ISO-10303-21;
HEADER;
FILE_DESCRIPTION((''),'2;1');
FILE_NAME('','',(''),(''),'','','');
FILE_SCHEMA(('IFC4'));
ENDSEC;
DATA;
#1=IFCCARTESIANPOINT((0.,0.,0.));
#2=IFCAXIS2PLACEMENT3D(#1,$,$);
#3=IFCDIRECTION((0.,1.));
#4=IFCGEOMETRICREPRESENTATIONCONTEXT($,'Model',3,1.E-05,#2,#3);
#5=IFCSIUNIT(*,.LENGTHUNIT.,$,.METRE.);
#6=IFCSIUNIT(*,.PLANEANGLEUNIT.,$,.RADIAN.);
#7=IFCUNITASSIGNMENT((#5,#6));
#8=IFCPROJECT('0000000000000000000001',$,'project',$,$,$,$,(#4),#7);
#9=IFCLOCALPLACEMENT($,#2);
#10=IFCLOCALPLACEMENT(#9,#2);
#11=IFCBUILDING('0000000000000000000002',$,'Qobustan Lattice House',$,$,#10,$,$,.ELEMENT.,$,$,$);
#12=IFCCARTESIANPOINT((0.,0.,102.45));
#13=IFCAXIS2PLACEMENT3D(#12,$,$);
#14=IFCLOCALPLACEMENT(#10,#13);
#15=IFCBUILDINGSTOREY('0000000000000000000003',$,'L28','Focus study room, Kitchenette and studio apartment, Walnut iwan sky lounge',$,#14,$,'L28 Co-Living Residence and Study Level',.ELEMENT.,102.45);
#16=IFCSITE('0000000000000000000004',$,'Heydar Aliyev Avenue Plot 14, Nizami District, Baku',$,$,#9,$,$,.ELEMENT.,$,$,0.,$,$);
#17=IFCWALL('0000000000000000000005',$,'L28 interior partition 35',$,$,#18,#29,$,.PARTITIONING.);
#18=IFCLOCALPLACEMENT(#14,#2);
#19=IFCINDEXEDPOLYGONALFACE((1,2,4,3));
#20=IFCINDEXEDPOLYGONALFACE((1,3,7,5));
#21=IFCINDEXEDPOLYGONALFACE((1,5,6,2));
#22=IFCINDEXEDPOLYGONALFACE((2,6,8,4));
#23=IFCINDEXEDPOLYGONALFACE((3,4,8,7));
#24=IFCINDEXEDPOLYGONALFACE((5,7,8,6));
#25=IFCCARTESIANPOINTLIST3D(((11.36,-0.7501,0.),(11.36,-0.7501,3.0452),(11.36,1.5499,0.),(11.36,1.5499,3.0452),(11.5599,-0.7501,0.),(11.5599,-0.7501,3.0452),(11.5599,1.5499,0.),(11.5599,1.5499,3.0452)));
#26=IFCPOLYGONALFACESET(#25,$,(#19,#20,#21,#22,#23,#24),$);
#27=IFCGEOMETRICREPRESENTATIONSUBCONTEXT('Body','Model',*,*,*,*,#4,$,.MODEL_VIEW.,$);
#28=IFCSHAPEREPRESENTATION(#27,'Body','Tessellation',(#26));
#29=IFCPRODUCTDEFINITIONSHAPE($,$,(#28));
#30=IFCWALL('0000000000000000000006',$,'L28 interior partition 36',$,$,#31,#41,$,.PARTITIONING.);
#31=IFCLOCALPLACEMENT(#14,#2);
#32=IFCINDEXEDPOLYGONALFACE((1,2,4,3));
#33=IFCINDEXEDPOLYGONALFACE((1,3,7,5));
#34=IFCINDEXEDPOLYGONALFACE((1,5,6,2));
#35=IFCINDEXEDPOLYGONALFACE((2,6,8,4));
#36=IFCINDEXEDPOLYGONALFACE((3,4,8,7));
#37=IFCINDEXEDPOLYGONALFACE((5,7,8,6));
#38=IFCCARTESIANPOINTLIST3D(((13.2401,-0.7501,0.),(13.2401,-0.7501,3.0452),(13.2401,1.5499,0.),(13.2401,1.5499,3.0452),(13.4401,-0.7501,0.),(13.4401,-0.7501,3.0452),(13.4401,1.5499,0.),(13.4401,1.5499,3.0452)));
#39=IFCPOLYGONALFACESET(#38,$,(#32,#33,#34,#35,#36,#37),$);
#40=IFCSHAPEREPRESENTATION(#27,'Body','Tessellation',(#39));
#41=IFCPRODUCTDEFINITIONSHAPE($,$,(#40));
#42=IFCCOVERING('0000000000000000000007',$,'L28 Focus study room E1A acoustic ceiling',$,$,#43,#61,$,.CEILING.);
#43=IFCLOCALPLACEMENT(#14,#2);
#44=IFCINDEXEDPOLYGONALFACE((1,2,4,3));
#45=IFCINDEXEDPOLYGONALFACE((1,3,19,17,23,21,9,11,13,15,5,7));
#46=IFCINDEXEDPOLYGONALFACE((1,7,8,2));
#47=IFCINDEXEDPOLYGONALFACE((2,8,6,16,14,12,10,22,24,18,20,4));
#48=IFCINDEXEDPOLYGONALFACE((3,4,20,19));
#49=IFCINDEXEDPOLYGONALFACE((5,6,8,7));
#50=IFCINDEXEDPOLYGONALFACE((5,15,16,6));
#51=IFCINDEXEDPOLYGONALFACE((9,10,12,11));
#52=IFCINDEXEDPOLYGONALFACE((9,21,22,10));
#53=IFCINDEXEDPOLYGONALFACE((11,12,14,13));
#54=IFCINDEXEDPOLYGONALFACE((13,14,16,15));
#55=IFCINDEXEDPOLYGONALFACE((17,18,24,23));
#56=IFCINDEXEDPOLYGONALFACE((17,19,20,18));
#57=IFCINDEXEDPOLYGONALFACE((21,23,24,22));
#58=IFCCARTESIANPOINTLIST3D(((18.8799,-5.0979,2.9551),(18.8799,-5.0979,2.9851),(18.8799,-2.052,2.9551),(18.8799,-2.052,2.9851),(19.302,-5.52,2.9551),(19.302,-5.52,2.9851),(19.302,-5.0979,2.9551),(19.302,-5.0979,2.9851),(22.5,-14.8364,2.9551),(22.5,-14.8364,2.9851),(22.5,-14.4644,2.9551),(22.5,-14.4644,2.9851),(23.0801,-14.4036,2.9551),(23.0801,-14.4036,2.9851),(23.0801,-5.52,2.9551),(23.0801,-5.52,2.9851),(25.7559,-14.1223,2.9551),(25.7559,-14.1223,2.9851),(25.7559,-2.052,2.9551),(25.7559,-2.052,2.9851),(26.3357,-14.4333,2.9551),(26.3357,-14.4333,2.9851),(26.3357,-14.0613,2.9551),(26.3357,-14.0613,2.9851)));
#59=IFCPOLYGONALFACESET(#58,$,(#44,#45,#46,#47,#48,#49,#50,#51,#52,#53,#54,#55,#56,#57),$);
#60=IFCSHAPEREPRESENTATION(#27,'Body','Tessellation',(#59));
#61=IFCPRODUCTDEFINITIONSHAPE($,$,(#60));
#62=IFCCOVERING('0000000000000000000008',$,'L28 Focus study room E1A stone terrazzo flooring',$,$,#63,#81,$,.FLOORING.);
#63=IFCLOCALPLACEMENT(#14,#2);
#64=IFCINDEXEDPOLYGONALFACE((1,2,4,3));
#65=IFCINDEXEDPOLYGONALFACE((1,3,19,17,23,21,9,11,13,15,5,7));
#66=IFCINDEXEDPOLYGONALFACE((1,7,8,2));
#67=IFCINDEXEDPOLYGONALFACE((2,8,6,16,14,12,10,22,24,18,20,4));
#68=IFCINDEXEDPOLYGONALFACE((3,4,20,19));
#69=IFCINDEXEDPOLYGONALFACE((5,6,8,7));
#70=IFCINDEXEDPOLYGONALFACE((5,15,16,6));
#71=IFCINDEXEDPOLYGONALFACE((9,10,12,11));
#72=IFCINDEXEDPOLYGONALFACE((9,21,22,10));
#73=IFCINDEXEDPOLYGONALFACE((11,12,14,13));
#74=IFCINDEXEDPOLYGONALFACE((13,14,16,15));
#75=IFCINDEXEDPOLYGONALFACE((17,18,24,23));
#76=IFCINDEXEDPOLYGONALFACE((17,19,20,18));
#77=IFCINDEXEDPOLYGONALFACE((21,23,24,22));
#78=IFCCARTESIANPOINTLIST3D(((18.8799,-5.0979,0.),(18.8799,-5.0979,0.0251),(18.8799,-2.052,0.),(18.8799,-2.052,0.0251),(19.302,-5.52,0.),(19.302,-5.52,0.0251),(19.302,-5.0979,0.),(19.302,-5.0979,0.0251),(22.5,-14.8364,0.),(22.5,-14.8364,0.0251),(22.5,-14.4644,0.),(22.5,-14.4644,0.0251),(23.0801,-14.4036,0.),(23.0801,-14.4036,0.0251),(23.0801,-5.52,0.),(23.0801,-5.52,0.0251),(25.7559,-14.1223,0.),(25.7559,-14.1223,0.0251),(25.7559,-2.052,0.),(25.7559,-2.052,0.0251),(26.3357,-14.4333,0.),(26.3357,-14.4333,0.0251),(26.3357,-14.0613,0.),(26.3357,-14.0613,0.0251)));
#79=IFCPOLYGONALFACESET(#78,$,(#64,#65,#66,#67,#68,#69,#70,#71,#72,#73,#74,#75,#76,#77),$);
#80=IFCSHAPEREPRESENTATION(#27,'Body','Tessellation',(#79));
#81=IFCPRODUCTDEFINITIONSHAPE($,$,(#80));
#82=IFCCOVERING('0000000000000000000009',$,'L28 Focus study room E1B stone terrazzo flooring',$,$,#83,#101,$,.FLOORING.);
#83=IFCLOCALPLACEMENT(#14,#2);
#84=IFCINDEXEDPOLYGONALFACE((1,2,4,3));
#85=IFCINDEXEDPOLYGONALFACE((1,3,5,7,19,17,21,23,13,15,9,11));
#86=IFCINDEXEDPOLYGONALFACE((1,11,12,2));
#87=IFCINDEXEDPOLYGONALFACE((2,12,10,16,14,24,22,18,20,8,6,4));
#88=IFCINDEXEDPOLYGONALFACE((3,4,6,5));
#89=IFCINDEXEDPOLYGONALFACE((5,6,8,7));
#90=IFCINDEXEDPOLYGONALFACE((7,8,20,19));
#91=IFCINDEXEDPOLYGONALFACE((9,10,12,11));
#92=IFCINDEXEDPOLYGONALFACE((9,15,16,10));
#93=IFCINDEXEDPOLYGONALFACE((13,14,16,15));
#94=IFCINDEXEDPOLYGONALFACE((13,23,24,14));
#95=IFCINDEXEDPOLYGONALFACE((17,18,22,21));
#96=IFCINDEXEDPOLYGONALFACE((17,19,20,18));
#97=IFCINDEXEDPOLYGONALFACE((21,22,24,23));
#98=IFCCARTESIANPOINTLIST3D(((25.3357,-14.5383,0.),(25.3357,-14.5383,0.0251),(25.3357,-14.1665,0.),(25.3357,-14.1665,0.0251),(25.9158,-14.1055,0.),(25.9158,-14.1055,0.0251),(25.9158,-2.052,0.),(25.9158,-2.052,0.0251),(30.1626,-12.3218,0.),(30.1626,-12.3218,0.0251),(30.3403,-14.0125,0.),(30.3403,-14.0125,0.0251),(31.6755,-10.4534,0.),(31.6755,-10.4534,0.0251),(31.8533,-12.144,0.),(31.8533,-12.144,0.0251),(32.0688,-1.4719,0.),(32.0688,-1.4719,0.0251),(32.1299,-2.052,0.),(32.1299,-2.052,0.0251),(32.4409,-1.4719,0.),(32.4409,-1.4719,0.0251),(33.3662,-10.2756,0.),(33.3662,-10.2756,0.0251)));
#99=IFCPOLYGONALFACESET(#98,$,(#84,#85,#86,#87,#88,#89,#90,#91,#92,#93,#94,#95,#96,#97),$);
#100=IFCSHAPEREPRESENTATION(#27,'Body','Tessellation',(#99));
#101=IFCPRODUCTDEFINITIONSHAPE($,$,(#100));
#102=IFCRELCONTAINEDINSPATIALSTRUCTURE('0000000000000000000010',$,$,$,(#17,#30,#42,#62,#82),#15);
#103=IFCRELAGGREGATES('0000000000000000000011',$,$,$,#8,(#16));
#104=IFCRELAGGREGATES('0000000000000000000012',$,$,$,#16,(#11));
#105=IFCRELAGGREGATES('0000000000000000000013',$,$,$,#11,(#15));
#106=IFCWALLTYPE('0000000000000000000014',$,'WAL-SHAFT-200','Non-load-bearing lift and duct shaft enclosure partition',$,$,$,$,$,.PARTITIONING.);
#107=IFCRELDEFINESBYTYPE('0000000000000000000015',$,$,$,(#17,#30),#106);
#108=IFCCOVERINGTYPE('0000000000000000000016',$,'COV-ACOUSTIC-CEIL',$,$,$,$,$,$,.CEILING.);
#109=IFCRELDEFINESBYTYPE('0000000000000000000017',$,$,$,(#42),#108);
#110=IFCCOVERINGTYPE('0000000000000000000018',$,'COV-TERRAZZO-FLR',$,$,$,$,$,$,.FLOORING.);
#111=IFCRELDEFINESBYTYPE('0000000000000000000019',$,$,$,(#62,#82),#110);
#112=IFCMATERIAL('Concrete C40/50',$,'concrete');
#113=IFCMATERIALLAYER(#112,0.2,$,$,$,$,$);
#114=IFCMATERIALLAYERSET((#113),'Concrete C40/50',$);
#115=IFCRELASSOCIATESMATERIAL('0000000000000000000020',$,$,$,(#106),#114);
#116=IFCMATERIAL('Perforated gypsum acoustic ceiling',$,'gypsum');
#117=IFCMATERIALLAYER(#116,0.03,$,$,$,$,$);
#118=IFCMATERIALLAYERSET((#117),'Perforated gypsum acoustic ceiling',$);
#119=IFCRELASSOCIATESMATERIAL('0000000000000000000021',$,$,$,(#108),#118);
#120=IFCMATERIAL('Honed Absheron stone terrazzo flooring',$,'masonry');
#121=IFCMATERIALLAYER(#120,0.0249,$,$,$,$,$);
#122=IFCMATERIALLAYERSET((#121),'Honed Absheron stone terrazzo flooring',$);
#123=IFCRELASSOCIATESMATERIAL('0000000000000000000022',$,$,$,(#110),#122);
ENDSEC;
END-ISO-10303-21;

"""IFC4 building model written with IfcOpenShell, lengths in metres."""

from ifc_helpers import new_model, si_unit, direction, frame, frame_2d, origin, place, context, subcontext, project, spatial, polyline, rectangle, outline, extrude, material, layer, layer_set, type_object, element, save


model = new_model("IFC4")

# Units and contexts
model_context = context("Model", 3, precision=1e-05, world=origin(), true_north=direction((0.0, 1.0)))
body_context = subcontext(model_context, "Body", "Model", "MODEL_VIEW")
ifc_project = project(units=[si_unit("LENGTHUNIT", "METRE"), si_unit("PLANEANGLEUNIT", "RADIAN")], contexts=[model_context])

# Site, building, storey
site_placement = place(None, origin())
site = spatial("IfcSite", under=ifc_project, at=site_placement, Name="Heydar Aliyev Avenue Plot 14, Nizami District, Baku", CompositionType="ELEMENT", RefElevation=0.0)
building_placement = place(site_placement, origin())
building = spatial("IfcBuilding", under=site, at=building_placement, Name="Qobustan Lattice House", CompositionType="ELEMENT")
storey_placement = place(building_placement, frame((0.0, 0.0, 102.45)))
storey = spatial("IfcBuildingStorey", under=building, at=storey_placement, Name="L28", Description="Focus study room, Kitchenette and studio apartment, Walnut iwan sky lounge", LongName="L28 Co-Living Residence and Study Level", CompositionType="ELEMENT", Elevation=102.45)

# Walls
ifc_material_1 = material(Name="Concrete C40/50", Category="concrete")
ifc_layer_1 = layer(ifc_material_1, 0.2)
ifc_layer_set_1 = layer_set([ifc_layer_1], Name="Concrete C40/50")
wall_type_1 = type_object("IfcWallType", Name="WAL-SHAFT-200", Description="Non-load-bearing lift and duct shaft enclosure partition", PredefinedType="PARTITIONING", material=ifc_layer_set_1)
for number, where, z_axis, x_axis, name in (
    (1, (11.46, -0.75, 0.0), (0.0, 0.0, 1.0), (0.0, 1.0, 0.0), "L28 interior partition 35"),
    (2, (13.3401, -0.75, 0.0), (0.0, 0.0, 1.0), (0.0, 1.0, 0.0), "L28 interior partition 36"),
):
    element("IfcWall", number, at=place(storey_placement, frame(where, z_axis=z_axis, x_axis=x_axis)), inside=storey, type_object=wall_type_1, Name=name, PredefinedType="PARTITIONING", context=body_context, shape_type="SweptSolid", body=[
        extrude(rectangle(XDim=2.3, YDim=0.2, at=frame_2d((1.1499, 0.0))), origin(), (0.0, 0.0, 1.0), 3.0452),
    ])

# Coverings
ifc_material_2 = material(Name="Perforated gypsum acoustic ceiling", Category="gypsum")
ifc_layer_2 = layer(ifc_material_2, 0.03)
ifc_layer_set_2 = layer_set([ifc_layer_2], Name="Perforated gypsum acoustic ceiling")
covering_type_1 = type_object("IfcCoveringType", Name="COV-ACOUSTIC-CEIL", PredefinedType="CEILING", material=ifc_layer_set_2)
covering_1_placement = place(storey_placement, frame((0.0, 0.0, 2.9551)))
element("IfcCovering", 3, at=covering_1_placement, inside=storey, type_object=covering_type_1, Name="L28 Focus study room E1A acoustic ceiling", PredefinedType="CEILING", context=body_context, shape_type="SweptSolid", body=[
    extrude(outline(polyline([(26.3357, -14.4333), (26.3357, -14.0613), (25.7559, -14.1223), (25.7559, -2.052), (18.8799, -2.052), (18.8799, -5.0979), (19.302, -5.0979), (19.302, -5.52), (23.0801, -5.52), (23.0801, -14.4036), (22.5, -14.4644), (22.5, -14.8364), (26.3357, -14.4333)])), origin(), (0.0, 0.0, 1.0), 0.03),
])
ifc_material_3 = material(Name="Honed Absheron stone terrazzo flooring", Category="masonry")
ifc_layer_3 = layer(ifc_material_3, 0.0249)
ifc_layer_set_3 = layer_set([ifc_layer_3], Name="Honed Absheron stone terrazzo flooring")
covering_type_2 = type_object("IfcCoveringType", Name="COV-TERRAZZO-FLR", PredefinedType="FLOORING", material=ifc_layer_set_3)
covering_2_placement = place(storey_placement, origin())
element("IfcCovering", 4, at=covering_2_placement, inside=storey, type_object=covering_type_2, Name="L28 Focus study room E1A stone terrazzo flooring", PredefinedType="FLOORING", context=body_context, shape_type="SweptSolid", body=[
    extrude(outline(polyline([(26.3357, -14.4333), (26.3357, -14.0613), (25.7559, -14.1223), (25.7559, -2.052), (18.8799, -2.052), (18.8799, -5.0979), (19.302, -5.0979), (19.302, -5.52), (23.0801, -5.52), (23.0801, -14.4036), (22.5, -14.4644), (22.5, -14.8364), (26.3357, -14.4333)])), origin(), (0.0, 0.0, 1.0), 0.0251),
])
covering_3_placement = place(storey_placement, origin())
element("IfcCovering", 5, at=covering_3_placement, inside=storey, type_object=covering_type_2, Name="L28 Focus study room E1B stone terrazzo flooring", PredefinedType="FLOORING", context=body_context, shape_type="SweptSolid", body=[
    extrude(outline(polyline([(33.3662, -10.2756), (32.4409, -1.4719), (32.0688, -1.4719), (32.1299, -2.052), (25.9158, -2.052), (25.9158, -14.1055), (25.3357, -14.1665), (25.3357, -14.5383), (30.3403, -14.0125), (30.1626, -12.3218), (31.8533, -12.144), (31.6755, -10.4534), (33.3662, -10.2756)])), origin(), (0.0, 0.0, 1.0), 0.0251),
])

save(model, "model.ifc")
